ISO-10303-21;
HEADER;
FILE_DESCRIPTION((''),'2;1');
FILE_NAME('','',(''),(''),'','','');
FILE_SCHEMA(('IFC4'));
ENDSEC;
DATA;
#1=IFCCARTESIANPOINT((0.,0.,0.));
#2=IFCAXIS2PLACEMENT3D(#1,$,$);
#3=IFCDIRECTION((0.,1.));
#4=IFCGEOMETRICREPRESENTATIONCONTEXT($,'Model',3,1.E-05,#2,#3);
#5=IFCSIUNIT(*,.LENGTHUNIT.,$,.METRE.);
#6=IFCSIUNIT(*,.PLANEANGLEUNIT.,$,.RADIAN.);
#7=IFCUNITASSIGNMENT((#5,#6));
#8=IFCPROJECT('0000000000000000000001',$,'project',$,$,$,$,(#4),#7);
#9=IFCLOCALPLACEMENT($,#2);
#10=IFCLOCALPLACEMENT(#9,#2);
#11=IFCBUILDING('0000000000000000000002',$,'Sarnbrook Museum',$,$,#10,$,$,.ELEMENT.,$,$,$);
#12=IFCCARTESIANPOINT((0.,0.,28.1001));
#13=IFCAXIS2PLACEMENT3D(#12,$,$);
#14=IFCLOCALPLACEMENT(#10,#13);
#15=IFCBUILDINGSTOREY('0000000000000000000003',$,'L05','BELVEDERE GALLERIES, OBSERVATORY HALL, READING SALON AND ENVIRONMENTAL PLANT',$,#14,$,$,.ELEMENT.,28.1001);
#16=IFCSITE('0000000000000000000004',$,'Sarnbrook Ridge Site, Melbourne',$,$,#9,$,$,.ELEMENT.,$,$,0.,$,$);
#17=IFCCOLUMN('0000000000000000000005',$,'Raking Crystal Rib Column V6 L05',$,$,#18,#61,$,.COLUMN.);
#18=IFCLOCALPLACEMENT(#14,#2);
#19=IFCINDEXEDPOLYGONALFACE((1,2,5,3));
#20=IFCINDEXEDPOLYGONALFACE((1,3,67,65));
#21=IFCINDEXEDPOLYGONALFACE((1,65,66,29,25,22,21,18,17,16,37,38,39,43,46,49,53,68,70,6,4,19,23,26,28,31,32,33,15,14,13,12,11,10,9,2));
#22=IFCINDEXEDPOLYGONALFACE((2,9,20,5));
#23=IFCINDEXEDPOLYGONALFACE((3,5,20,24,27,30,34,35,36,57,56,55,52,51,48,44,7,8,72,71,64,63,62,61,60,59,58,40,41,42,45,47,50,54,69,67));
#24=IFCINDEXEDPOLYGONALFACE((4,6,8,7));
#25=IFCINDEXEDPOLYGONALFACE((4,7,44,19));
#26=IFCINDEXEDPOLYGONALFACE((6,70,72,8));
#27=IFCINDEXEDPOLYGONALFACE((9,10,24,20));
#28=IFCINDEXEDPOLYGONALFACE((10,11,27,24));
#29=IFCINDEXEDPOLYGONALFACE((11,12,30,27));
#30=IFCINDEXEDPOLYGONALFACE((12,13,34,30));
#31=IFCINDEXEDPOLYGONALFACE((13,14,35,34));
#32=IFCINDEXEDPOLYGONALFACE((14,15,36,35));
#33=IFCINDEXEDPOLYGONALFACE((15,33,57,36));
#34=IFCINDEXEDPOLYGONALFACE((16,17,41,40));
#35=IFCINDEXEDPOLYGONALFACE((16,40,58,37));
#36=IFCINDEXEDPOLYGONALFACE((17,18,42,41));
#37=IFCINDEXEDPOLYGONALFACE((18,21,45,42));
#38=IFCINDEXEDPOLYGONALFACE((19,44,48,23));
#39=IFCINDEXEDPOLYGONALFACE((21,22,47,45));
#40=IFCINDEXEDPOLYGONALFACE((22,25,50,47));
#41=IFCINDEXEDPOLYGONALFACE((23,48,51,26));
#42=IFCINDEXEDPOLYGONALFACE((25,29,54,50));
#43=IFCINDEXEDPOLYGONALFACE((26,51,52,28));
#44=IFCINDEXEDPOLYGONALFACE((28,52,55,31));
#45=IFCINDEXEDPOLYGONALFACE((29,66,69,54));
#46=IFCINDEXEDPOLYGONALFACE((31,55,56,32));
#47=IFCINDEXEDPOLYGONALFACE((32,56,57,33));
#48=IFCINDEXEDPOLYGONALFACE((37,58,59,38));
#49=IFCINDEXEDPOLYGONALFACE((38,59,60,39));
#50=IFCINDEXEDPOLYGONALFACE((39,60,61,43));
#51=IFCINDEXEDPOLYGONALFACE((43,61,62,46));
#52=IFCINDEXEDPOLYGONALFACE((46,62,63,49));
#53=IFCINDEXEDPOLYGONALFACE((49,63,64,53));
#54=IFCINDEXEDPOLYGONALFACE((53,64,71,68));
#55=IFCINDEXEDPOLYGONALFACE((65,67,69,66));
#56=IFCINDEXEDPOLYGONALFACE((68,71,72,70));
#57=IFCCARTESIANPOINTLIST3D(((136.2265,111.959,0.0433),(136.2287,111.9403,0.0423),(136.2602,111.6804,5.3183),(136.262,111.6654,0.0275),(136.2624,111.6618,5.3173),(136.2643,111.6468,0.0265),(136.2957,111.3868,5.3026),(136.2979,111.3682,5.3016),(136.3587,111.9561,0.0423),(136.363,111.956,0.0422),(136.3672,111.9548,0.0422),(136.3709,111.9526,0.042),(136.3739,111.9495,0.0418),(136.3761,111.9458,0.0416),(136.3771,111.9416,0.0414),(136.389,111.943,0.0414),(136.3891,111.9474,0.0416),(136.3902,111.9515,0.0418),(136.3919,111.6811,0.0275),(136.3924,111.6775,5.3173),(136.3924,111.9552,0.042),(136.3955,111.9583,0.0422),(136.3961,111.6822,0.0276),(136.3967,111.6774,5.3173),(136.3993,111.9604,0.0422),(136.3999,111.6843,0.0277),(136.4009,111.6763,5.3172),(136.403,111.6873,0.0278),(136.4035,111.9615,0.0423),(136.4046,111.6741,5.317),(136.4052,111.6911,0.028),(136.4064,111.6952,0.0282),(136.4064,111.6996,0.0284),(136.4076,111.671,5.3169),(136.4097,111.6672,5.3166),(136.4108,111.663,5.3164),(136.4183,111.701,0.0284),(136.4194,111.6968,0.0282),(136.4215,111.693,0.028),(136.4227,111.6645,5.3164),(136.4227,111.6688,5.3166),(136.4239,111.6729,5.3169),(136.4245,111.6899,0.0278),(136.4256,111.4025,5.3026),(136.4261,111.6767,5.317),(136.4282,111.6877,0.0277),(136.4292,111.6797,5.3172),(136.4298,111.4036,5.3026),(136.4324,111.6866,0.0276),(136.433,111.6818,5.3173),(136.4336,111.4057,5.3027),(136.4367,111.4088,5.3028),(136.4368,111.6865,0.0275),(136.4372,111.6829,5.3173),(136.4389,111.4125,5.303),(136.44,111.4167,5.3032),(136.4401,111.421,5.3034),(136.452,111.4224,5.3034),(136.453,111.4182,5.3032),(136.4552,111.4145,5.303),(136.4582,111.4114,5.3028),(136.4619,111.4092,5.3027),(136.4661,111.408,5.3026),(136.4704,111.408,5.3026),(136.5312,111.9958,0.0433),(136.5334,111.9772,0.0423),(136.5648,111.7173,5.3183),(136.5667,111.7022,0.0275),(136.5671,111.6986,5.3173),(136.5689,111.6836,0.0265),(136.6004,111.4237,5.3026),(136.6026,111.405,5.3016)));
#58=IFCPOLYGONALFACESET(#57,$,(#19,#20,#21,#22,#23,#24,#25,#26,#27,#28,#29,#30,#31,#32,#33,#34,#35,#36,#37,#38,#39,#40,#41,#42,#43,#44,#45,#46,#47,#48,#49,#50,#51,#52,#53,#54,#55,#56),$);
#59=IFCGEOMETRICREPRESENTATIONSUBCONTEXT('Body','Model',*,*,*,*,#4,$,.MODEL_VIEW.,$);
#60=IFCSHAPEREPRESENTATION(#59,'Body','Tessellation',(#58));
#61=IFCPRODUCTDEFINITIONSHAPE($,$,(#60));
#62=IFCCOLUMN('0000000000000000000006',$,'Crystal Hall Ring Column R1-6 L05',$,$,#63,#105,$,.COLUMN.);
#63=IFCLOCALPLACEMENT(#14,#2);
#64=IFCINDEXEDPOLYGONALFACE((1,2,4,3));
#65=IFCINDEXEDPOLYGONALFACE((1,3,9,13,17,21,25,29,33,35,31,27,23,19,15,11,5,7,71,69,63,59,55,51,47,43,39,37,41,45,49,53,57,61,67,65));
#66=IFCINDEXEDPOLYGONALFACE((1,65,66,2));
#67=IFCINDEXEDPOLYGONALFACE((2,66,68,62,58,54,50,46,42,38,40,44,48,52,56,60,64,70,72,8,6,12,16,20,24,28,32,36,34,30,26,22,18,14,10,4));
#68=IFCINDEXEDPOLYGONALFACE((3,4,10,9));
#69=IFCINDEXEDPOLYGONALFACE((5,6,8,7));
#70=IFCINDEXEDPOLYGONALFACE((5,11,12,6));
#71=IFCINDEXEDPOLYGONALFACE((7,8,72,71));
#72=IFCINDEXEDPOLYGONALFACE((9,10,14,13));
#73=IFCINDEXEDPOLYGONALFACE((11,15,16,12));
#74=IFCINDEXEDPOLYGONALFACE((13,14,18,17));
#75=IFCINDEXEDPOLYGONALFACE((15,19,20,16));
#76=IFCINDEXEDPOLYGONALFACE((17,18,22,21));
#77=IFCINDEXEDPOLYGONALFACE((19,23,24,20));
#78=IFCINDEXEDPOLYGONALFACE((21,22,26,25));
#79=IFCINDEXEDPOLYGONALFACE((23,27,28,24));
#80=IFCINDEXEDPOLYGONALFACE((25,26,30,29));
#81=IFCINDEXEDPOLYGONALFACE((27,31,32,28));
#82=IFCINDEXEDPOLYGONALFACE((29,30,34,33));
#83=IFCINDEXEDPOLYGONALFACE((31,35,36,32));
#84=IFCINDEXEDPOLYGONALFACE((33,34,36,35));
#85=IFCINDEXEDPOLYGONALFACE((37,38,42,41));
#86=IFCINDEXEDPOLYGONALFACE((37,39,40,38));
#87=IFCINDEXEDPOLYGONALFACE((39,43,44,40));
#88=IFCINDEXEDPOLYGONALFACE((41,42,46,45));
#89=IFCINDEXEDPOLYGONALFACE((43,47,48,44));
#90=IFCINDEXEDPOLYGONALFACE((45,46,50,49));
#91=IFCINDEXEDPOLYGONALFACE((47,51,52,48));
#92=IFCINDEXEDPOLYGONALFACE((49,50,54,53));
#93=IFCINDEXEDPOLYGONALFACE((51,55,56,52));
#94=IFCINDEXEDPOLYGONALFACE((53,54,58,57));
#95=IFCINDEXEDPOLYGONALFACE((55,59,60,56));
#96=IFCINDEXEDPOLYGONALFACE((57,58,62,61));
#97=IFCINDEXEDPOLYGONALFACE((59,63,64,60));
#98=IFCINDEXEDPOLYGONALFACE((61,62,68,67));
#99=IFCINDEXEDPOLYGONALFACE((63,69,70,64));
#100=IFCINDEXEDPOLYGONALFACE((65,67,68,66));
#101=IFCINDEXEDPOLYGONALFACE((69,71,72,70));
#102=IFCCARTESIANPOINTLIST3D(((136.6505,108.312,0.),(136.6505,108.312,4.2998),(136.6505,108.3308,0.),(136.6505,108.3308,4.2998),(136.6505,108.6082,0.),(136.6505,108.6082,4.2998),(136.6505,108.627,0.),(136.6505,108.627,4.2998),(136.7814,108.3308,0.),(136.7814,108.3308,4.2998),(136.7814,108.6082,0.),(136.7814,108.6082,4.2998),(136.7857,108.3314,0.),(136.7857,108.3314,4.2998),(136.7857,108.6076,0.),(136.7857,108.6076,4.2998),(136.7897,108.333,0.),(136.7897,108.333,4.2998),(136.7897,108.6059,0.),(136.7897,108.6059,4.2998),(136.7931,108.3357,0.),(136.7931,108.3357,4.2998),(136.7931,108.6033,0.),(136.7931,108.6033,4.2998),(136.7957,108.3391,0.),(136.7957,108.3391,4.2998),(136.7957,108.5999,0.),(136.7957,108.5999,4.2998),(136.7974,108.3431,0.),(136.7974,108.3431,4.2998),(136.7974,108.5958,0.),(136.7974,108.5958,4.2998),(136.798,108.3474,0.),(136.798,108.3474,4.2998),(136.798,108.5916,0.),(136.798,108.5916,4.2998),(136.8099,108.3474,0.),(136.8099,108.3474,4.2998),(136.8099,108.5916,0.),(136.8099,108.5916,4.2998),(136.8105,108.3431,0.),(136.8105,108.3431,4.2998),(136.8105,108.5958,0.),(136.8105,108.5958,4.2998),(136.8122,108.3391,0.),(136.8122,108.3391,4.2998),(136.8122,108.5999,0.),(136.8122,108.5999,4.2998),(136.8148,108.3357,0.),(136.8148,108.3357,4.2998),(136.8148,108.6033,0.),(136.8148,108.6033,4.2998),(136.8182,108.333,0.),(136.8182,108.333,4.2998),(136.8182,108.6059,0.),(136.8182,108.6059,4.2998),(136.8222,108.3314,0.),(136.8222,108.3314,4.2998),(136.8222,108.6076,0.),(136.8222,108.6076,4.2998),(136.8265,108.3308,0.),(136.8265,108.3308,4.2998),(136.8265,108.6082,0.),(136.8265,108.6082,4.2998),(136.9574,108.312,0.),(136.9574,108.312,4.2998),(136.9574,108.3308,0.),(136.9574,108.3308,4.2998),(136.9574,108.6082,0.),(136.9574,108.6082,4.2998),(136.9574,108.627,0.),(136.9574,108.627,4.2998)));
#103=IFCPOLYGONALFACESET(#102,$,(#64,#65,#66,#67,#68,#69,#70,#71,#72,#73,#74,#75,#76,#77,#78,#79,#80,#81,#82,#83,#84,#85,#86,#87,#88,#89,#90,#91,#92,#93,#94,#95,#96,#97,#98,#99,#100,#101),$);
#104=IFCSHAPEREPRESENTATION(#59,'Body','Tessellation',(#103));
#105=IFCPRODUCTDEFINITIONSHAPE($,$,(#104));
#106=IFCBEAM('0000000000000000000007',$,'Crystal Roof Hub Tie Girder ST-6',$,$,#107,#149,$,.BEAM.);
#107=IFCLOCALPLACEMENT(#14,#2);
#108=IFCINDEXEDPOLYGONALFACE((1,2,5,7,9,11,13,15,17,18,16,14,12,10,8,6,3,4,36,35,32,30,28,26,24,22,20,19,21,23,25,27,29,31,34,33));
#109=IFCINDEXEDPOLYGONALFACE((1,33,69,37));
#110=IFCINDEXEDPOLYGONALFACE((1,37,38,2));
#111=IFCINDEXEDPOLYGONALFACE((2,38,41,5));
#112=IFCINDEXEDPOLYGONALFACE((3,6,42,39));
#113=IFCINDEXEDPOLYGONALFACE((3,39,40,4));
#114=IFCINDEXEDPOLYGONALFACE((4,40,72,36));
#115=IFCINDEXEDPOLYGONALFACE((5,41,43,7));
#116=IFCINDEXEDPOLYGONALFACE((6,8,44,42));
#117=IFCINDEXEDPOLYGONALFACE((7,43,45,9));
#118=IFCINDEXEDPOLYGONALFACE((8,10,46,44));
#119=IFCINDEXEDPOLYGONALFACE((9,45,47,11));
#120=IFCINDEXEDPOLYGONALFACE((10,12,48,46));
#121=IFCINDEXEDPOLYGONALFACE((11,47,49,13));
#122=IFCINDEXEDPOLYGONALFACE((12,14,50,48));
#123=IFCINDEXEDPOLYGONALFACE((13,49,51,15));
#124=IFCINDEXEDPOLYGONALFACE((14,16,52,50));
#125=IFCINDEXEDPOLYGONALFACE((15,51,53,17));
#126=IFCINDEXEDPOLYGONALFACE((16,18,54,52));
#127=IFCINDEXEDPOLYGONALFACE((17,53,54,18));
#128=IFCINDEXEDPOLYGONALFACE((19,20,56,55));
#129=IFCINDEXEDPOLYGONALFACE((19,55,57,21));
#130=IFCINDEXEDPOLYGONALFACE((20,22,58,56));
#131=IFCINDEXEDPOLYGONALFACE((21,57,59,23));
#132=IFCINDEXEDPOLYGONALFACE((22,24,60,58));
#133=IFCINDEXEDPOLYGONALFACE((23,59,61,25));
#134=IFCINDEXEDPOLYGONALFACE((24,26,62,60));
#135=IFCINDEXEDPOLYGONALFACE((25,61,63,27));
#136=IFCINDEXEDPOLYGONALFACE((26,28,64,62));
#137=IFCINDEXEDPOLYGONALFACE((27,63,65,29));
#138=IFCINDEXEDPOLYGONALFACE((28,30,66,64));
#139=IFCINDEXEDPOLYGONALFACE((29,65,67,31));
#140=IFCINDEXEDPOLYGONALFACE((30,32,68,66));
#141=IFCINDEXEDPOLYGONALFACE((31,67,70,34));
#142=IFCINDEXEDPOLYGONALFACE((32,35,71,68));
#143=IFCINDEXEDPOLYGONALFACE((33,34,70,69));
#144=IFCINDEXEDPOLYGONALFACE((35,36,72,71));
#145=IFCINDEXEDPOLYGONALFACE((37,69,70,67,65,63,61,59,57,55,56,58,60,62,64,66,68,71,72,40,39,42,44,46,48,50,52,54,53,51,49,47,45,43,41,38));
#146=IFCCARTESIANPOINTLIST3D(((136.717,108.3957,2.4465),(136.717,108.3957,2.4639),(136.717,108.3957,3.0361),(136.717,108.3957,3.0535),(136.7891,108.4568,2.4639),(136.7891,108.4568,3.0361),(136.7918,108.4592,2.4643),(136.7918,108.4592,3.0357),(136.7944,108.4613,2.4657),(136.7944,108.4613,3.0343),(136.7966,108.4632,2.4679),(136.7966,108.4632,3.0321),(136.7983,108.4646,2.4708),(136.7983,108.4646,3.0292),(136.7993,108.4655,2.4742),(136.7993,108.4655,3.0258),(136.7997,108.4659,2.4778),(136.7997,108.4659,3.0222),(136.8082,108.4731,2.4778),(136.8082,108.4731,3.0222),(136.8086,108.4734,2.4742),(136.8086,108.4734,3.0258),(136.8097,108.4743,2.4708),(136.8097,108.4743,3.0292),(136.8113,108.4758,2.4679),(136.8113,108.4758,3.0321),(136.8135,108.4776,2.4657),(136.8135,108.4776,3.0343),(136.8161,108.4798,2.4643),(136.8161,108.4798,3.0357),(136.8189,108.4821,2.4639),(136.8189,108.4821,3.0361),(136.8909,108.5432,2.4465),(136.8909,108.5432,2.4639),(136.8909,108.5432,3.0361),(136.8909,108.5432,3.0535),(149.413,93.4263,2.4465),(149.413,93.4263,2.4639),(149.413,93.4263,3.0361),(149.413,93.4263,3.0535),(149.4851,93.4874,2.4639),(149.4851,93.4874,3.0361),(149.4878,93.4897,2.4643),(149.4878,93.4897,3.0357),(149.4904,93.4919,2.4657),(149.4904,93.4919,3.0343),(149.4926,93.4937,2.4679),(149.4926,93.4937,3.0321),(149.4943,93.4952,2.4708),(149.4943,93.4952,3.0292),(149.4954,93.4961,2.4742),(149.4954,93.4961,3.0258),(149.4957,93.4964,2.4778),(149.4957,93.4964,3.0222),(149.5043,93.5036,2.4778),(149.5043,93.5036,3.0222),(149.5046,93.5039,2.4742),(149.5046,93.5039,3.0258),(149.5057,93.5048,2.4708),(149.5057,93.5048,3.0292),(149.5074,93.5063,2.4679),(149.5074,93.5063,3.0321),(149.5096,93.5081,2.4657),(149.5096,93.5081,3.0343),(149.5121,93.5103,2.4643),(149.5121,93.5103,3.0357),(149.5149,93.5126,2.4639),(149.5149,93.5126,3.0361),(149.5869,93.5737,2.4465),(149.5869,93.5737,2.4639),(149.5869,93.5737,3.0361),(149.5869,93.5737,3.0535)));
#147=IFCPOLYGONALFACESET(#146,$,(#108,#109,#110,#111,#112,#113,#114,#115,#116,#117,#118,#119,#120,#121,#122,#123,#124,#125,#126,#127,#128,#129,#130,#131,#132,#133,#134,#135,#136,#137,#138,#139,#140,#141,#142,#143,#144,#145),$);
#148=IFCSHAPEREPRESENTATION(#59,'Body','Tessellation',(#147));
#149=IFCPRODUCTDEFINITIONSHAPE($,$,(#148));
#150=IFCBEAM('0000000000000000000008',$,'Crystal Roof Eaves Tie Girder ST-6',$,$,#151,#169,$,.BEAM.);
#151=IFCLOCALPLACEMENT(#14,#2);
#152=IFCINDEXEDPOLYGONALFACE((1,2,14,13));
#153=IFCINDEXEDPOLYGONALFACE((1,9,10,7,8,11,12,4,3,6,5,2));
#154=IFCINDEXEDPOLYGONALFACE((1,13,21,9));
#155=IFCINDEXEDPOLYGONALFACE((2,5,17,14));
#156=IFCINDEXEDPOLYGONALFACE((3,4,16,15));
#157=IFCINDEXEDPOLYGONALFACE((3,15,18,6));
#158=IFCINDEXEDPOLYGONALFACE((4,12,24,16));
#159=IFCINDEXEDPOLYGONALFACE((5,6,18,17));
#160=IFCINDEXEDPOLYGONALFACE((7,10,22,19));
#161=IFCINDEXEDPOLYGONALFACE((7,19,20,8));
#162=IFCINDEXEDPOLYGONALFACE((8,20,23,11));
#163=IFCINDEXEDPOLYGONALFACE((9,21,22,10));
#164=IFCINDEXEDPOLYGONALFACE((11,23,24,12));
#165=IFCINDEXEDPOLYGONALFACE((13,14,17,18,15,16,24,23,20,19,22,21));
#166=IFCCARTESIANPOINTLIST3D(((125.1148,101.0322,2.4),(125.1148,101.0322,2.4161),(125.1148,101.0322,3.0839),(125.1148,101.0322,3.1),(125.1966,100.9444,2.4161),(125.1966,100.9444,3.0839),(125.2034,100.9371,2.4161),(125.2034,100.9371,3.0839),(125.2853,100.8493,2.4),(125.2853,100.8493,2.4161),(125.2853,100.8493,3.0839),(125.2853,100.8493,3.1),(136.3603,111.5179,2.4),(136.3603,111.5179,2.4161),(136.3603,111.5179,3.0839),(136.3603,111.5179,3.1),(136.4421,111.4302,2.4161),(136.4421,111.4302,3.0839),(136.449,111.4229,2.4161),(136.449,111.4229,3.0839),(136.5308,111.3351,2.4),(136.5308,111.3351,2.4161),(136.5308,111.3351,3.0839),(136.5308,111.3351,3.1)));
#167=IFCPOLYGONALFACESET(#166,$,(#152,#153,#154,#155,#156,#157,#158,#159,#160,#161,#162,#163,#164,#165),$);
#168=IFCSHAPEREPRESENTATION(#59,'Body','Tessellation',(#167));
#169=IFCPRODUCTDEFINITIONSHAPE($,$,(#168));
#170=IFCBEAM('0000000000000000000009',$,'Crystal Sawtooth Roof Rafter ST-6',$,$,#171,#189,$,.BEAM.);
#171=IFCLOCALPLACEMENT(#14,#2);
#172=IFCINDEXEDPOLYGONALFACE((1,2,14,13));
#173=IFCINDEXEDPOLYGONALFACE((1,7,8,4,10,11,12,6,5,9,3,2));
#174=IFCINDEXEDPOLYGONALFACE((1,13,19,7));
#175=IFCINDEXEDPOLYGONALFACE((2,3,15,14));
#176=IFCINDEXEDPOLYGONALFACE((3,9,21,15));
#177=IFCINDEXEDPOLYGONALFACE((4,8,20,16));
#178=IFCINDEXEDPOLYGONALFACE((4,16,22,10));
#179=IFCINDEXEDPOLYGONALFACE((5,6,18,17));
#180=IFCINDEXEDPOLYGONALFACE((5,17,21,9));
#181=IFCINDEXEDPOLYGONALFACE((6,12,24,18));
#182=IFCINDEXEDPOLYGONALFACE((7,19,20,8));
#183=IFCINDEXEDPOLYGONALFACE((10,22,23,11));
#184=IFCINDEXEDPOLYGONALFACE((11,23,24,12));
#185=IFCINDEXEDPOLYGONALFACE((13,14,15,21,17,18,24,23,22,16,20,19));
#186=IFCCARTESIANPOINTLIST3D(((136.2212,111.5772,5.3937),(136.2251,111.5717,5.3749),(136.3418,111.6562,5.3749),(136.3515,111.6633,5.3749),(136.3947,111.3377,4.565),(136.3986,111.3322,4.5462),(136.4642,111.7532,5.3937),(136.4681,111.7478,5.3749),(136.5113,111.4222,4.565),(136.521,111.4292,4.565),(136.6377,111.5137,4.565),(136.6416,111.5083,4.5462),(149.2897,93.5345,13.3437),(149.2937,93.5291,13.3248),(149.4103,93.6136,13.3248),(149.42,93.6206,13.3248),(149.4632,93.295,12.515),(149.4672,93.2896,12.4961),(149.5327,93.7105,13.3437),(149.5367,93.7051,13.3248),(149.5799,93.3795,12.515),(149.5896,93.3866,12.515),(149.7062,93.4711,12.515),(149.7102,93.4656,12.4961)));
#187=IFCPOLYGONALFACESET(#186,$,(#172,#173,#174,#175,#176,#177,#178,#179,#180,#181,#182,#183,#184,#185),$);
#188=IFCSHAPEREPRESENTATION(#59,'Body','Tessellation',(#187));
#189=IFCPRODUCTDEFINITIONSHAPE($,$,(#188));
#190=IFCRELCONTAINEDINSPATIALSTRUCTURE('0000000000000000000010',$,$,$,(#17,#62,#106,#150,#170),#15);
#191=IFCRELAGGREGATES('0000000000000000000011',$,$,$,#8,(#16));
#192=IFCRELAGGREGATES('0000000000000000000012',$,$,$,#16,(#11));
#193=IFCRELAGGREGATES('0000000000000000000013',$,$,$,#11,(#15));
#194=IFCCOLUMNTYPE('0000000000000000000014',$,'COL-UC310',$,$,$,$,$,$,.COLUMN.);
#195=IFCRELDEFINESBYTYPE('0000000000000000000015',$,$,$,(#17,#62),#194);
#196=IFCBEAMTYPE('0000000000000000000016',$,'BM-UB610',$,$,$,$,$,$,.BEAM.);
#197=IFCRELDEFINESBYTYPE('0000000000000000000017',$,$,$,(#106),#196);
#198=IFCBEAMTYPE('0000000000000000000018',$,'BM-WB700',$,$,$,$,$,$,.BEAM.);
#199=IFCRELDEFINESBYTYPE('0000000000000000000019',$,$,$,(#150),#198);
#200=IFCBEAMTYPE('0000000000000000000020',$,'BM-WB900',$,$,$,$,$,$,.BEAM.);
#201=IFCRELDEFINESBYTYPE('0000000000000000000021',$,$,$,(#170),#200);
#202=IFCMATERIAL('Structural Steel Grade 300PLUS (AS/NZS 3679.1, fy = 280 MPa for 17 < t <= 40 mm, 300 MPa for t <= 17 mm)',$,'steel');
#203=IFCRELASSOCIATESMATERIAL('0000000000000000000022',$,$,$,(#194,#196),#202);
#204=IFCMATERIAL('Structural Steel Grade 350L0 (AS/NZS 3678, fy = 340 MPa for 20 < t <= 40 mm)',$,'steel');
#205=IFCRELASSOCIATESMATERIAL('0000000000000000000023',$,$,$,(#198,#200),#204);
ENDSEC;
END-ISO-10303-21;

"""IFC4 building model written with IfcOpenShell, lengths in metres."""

from ifc_helpers import new_model, si_unit, direction, frame, origin, origin_2d, place, context, subcontext, project, spatial, i_section, extrude, material, material_profile, profile_set, type_object, element, save


model = new_model("IFC4")

# Units and contexts
model_context = context("Model", 3, precision=1e-05, world=origin(), true_north=direction((0.0, 1.0)))
body_context = subcontext(model_context, "Body", "Model", "MODEL_VIEW")
ifc_project = project(units=[si_unit("LENGTHUNIT", "METRE"), si_unit("PLANEANGLEUNIT", "RADIAN")], contexts=[model_context])

# Site, building, storey
site_placement = place(None, origin())
site = spatial("IfcSite", under=ifc_project, at=site_placement, Name="Sarnbrook Ridge Site, Melbourne", CompositionType="ELEMENT", RefElevation=0.0)
building_placement = place(site_placement, origin())
building = spatial("IfcBuilding", under=site, at=building_placement, Name="Sarnbrook Museum", CompositionType="ELEMENT")
storey_placement = place(building_placement, frame((0.0, 0.0, 28.1001)))
storey = spatial("IfcBuildingStorey", under=building, at=storey_placement, Name="L05", Description="BELVEDERE GALLERIES, OBSERVATORY HALL, READING SALON AND ENVIRONMENTAL PLANT", CompositionType="ELEMENT", Elevation=28.1001)

# Columns
ifc_material_1 = material(Name="Structural Steel Grade 300PLUS (AS/NZS 3679.1, fy = 280 MPa for 17 < t <= 40 mm, 300 MPa for t <= 17 mm)", Category="steel")
ifc_material_profile_1 = material_profile(ifc_material_1, i_section(OverallWidth=0.3069, OverallDepth=0.3149, WebThickness=0.012, FlangeThickness=0.0188, FilletRadius=0.0166, at=origin_2d()), Name="310UC118")
ifc_profile_set_1 = profile_set([ifc_material_profile_1], Name="Structural Steel Grade 300PLUS (AS/NZS 3679.1, fy = 280 MPa for 17 < t <= 40 mm, 300 MPa for t <= 17 mm)")
column_type = type_object("IfcColumnType", Name="COL-UC310", PredefinedType="COLUMN", material=ifc_profile_set_1)
column_1_placement = place(storey_placement, frame((136.3977, 111.8213, 0.0349), z_axis=(0.006378, -0.052735, 0.998588), x_axis=(0.992765, 0.120072, 0.0)))
element("IfcColumn", 1, at=column_1_placement, inside=storey, type_object=column_type, Name="Raking Crystal Rib Column V6 L05", PredefinedType="COLUMN", context=body_context, shape_type="SweptSolid", body=[
    extrude(i_section(OverallWidth=0.3069, OverallDepth=0.3149, WebThickness=0.012, FlangeThickness=0.0188, FilletRadius=0.0166, at=origin_2d()), origin(), (0.0, 0.0, 1.0), 5.2825),
])
column_2_placement = place(storey_placement, frame((136.804, 108.4695, 0.0), z_axis=(0.0, 0.0, 1.0), x_axis=(1.0, 0.0, 0.0)))
element("IfcColumn", 2, at=column_2_placement, inside=storey, type_object=column_type, Name="Crystal Hall Ring Column R1-6 L05", PredefinedType="COLUMN", context=body_context, shape_type="SweptSolid", body=[
    extrude(i_section(OverallWidth=0.3069, OverallDepth=0.3149, WebThickness=0.012, FlangeThickness=0.0188, FilletRadius=0.0166, at=origin_2d()), origin(), (0.0, 0.0, 1.0), 4.2998),
])

# Beams
ifc_material_profile_2 = material_profile(ifc_material_1, i_section(OverallWidth=0.228, OverallDepth=0.6069, WebThickness=0.0112, FlangeThickness=0.0173, FilletRadius=0.0139, at=origin_2d()), Name="610UB113")
ifc_profile_set_2 = profile_set([ifc_material_profile_2], Name="Structural Steel Grade 300PLUS (AS/NZS 3679.1, fy = 280 MPa for 17 < t <= 40 mm, 300 MPa for t <= 17 mm)")
beam_type_1 = type_object("IfcBeamType", Name="BM-UB610", PredefinedType="BEAM", material=ifc_profile_set_2)
beam_1_placement = place(storey_placement, frame((136.804, 108.4695, 2.75), z_axis=(0.646819, -0.762643, 0.0), x_axis=(0.762643, 0.646819, 0.0)))
element("IfcBeam", 3, at=beam_1_placement, inside=storey, type_object=beam_type_1, Name="Crystal Roof Hub Tie Girder ST-6", PredefinedType="BEAM", context=body_context, shape_type="SweptSolid", body=[
    extrude(i_section(OverallWidth=0.228, OverallDepth=0.6069, WebThickness=0.0112, FlangeThickness=0.0173, FilletRadius=0.0139, at=origin_2d()), origin(), (0.0, 0.0, 1.0), 19.6284),
])
ifc_material_2 = material(Name="Structural Steel Grade 350L0 (AS/NZS 3678, fy = 340 MPa for 20 < t <= 40 mm)", Category="steel")
ifc_material_profile_3 = material_profile(ifc_material_2, i_section(OverallWidth=0.25, OverallDepth=0.7, WebThickness=0.01, FlangeThickness=0.0161, at=origin_2d()), Name="700WB130")
ifc_profile_set_3 = profile_set([ifc_material_profile_3], Name="Structural Steel Grade 350L0 (AS/NZS 3678, fy = 340 MPa for 20 < t <= 40 mm)")
beam_type_2 = type_object("IfcBeamType", Name="BM-WB700", PredefinedType="BEAM", material=ifc_profile_set_3)
beam_2_placement = place(storey_placement, frame((136.4456, 111.4265, 2.75), z_axis=(-0.731381, -0.681969, 0.0), x_axis=(0.681969, -0.731381, 0.0)))
element("IfcBeam", 4, at=beam_2_placement, inside=storey, type_object=beam_type_2, Name="Crystal Roof Eaves Tie Girder ST-6", PredefinedType="BEAM", context=body_context, shape_type="SweptSolid", body=[
    extrude(i_section(OverallWidth=0.25, OverallDepth=0.7, WebThickness=0.01, FlangeThickness=0.0161, at=origin_2d()), origin(), (0.0, 0.0, 1.0), 15.3757),
])
ifc_material_profile_4 = material_profile(ifc_material_2, i_section(OverallWidth=0.3, OverallDepth=0.8999, WebThickness=0.012, FlangeThickness=0.02, at=origin_2d()), Name="900WB175")
ifc_profile_set_4 = profile_set([ifc_material_profile_4], Name="Structural Steel Grade 350L0 (AS/NZS 3678, fy = 340 MPa for 20 < t <= 40 mm)")
beam_type_3 = type_object("IfcBeamType", Name="BM-WB900", PredefinedType="BEAM", material=ifc_profile_set_4)
beam_3_placement = place(storey_placement, frame((136.4314, 111.5427, 4.97), z_axis=(0.552481, -0.762764, 0.336088), x_axis=(0.809874, 0.586604, 0.0)))
element("IfcBeam", 5, at=beam_3_placement, inside=storey, type_object=beam_type_3, Name="Crystal Sawtooth Roof Rafter ST-6", PredefinedType="BEAM", context=body_context, shape_type="SweptSolid", body=[
    extrude(i_section(OverallWidth=0.3, OverallDepth=0.8999, WebThickness=0.012, FlangeThickness=0.02, at=origin_2d()), origin(), (0.0, 0.0, 1.0), 23.6543),
])

save(model, "model.ifc")
